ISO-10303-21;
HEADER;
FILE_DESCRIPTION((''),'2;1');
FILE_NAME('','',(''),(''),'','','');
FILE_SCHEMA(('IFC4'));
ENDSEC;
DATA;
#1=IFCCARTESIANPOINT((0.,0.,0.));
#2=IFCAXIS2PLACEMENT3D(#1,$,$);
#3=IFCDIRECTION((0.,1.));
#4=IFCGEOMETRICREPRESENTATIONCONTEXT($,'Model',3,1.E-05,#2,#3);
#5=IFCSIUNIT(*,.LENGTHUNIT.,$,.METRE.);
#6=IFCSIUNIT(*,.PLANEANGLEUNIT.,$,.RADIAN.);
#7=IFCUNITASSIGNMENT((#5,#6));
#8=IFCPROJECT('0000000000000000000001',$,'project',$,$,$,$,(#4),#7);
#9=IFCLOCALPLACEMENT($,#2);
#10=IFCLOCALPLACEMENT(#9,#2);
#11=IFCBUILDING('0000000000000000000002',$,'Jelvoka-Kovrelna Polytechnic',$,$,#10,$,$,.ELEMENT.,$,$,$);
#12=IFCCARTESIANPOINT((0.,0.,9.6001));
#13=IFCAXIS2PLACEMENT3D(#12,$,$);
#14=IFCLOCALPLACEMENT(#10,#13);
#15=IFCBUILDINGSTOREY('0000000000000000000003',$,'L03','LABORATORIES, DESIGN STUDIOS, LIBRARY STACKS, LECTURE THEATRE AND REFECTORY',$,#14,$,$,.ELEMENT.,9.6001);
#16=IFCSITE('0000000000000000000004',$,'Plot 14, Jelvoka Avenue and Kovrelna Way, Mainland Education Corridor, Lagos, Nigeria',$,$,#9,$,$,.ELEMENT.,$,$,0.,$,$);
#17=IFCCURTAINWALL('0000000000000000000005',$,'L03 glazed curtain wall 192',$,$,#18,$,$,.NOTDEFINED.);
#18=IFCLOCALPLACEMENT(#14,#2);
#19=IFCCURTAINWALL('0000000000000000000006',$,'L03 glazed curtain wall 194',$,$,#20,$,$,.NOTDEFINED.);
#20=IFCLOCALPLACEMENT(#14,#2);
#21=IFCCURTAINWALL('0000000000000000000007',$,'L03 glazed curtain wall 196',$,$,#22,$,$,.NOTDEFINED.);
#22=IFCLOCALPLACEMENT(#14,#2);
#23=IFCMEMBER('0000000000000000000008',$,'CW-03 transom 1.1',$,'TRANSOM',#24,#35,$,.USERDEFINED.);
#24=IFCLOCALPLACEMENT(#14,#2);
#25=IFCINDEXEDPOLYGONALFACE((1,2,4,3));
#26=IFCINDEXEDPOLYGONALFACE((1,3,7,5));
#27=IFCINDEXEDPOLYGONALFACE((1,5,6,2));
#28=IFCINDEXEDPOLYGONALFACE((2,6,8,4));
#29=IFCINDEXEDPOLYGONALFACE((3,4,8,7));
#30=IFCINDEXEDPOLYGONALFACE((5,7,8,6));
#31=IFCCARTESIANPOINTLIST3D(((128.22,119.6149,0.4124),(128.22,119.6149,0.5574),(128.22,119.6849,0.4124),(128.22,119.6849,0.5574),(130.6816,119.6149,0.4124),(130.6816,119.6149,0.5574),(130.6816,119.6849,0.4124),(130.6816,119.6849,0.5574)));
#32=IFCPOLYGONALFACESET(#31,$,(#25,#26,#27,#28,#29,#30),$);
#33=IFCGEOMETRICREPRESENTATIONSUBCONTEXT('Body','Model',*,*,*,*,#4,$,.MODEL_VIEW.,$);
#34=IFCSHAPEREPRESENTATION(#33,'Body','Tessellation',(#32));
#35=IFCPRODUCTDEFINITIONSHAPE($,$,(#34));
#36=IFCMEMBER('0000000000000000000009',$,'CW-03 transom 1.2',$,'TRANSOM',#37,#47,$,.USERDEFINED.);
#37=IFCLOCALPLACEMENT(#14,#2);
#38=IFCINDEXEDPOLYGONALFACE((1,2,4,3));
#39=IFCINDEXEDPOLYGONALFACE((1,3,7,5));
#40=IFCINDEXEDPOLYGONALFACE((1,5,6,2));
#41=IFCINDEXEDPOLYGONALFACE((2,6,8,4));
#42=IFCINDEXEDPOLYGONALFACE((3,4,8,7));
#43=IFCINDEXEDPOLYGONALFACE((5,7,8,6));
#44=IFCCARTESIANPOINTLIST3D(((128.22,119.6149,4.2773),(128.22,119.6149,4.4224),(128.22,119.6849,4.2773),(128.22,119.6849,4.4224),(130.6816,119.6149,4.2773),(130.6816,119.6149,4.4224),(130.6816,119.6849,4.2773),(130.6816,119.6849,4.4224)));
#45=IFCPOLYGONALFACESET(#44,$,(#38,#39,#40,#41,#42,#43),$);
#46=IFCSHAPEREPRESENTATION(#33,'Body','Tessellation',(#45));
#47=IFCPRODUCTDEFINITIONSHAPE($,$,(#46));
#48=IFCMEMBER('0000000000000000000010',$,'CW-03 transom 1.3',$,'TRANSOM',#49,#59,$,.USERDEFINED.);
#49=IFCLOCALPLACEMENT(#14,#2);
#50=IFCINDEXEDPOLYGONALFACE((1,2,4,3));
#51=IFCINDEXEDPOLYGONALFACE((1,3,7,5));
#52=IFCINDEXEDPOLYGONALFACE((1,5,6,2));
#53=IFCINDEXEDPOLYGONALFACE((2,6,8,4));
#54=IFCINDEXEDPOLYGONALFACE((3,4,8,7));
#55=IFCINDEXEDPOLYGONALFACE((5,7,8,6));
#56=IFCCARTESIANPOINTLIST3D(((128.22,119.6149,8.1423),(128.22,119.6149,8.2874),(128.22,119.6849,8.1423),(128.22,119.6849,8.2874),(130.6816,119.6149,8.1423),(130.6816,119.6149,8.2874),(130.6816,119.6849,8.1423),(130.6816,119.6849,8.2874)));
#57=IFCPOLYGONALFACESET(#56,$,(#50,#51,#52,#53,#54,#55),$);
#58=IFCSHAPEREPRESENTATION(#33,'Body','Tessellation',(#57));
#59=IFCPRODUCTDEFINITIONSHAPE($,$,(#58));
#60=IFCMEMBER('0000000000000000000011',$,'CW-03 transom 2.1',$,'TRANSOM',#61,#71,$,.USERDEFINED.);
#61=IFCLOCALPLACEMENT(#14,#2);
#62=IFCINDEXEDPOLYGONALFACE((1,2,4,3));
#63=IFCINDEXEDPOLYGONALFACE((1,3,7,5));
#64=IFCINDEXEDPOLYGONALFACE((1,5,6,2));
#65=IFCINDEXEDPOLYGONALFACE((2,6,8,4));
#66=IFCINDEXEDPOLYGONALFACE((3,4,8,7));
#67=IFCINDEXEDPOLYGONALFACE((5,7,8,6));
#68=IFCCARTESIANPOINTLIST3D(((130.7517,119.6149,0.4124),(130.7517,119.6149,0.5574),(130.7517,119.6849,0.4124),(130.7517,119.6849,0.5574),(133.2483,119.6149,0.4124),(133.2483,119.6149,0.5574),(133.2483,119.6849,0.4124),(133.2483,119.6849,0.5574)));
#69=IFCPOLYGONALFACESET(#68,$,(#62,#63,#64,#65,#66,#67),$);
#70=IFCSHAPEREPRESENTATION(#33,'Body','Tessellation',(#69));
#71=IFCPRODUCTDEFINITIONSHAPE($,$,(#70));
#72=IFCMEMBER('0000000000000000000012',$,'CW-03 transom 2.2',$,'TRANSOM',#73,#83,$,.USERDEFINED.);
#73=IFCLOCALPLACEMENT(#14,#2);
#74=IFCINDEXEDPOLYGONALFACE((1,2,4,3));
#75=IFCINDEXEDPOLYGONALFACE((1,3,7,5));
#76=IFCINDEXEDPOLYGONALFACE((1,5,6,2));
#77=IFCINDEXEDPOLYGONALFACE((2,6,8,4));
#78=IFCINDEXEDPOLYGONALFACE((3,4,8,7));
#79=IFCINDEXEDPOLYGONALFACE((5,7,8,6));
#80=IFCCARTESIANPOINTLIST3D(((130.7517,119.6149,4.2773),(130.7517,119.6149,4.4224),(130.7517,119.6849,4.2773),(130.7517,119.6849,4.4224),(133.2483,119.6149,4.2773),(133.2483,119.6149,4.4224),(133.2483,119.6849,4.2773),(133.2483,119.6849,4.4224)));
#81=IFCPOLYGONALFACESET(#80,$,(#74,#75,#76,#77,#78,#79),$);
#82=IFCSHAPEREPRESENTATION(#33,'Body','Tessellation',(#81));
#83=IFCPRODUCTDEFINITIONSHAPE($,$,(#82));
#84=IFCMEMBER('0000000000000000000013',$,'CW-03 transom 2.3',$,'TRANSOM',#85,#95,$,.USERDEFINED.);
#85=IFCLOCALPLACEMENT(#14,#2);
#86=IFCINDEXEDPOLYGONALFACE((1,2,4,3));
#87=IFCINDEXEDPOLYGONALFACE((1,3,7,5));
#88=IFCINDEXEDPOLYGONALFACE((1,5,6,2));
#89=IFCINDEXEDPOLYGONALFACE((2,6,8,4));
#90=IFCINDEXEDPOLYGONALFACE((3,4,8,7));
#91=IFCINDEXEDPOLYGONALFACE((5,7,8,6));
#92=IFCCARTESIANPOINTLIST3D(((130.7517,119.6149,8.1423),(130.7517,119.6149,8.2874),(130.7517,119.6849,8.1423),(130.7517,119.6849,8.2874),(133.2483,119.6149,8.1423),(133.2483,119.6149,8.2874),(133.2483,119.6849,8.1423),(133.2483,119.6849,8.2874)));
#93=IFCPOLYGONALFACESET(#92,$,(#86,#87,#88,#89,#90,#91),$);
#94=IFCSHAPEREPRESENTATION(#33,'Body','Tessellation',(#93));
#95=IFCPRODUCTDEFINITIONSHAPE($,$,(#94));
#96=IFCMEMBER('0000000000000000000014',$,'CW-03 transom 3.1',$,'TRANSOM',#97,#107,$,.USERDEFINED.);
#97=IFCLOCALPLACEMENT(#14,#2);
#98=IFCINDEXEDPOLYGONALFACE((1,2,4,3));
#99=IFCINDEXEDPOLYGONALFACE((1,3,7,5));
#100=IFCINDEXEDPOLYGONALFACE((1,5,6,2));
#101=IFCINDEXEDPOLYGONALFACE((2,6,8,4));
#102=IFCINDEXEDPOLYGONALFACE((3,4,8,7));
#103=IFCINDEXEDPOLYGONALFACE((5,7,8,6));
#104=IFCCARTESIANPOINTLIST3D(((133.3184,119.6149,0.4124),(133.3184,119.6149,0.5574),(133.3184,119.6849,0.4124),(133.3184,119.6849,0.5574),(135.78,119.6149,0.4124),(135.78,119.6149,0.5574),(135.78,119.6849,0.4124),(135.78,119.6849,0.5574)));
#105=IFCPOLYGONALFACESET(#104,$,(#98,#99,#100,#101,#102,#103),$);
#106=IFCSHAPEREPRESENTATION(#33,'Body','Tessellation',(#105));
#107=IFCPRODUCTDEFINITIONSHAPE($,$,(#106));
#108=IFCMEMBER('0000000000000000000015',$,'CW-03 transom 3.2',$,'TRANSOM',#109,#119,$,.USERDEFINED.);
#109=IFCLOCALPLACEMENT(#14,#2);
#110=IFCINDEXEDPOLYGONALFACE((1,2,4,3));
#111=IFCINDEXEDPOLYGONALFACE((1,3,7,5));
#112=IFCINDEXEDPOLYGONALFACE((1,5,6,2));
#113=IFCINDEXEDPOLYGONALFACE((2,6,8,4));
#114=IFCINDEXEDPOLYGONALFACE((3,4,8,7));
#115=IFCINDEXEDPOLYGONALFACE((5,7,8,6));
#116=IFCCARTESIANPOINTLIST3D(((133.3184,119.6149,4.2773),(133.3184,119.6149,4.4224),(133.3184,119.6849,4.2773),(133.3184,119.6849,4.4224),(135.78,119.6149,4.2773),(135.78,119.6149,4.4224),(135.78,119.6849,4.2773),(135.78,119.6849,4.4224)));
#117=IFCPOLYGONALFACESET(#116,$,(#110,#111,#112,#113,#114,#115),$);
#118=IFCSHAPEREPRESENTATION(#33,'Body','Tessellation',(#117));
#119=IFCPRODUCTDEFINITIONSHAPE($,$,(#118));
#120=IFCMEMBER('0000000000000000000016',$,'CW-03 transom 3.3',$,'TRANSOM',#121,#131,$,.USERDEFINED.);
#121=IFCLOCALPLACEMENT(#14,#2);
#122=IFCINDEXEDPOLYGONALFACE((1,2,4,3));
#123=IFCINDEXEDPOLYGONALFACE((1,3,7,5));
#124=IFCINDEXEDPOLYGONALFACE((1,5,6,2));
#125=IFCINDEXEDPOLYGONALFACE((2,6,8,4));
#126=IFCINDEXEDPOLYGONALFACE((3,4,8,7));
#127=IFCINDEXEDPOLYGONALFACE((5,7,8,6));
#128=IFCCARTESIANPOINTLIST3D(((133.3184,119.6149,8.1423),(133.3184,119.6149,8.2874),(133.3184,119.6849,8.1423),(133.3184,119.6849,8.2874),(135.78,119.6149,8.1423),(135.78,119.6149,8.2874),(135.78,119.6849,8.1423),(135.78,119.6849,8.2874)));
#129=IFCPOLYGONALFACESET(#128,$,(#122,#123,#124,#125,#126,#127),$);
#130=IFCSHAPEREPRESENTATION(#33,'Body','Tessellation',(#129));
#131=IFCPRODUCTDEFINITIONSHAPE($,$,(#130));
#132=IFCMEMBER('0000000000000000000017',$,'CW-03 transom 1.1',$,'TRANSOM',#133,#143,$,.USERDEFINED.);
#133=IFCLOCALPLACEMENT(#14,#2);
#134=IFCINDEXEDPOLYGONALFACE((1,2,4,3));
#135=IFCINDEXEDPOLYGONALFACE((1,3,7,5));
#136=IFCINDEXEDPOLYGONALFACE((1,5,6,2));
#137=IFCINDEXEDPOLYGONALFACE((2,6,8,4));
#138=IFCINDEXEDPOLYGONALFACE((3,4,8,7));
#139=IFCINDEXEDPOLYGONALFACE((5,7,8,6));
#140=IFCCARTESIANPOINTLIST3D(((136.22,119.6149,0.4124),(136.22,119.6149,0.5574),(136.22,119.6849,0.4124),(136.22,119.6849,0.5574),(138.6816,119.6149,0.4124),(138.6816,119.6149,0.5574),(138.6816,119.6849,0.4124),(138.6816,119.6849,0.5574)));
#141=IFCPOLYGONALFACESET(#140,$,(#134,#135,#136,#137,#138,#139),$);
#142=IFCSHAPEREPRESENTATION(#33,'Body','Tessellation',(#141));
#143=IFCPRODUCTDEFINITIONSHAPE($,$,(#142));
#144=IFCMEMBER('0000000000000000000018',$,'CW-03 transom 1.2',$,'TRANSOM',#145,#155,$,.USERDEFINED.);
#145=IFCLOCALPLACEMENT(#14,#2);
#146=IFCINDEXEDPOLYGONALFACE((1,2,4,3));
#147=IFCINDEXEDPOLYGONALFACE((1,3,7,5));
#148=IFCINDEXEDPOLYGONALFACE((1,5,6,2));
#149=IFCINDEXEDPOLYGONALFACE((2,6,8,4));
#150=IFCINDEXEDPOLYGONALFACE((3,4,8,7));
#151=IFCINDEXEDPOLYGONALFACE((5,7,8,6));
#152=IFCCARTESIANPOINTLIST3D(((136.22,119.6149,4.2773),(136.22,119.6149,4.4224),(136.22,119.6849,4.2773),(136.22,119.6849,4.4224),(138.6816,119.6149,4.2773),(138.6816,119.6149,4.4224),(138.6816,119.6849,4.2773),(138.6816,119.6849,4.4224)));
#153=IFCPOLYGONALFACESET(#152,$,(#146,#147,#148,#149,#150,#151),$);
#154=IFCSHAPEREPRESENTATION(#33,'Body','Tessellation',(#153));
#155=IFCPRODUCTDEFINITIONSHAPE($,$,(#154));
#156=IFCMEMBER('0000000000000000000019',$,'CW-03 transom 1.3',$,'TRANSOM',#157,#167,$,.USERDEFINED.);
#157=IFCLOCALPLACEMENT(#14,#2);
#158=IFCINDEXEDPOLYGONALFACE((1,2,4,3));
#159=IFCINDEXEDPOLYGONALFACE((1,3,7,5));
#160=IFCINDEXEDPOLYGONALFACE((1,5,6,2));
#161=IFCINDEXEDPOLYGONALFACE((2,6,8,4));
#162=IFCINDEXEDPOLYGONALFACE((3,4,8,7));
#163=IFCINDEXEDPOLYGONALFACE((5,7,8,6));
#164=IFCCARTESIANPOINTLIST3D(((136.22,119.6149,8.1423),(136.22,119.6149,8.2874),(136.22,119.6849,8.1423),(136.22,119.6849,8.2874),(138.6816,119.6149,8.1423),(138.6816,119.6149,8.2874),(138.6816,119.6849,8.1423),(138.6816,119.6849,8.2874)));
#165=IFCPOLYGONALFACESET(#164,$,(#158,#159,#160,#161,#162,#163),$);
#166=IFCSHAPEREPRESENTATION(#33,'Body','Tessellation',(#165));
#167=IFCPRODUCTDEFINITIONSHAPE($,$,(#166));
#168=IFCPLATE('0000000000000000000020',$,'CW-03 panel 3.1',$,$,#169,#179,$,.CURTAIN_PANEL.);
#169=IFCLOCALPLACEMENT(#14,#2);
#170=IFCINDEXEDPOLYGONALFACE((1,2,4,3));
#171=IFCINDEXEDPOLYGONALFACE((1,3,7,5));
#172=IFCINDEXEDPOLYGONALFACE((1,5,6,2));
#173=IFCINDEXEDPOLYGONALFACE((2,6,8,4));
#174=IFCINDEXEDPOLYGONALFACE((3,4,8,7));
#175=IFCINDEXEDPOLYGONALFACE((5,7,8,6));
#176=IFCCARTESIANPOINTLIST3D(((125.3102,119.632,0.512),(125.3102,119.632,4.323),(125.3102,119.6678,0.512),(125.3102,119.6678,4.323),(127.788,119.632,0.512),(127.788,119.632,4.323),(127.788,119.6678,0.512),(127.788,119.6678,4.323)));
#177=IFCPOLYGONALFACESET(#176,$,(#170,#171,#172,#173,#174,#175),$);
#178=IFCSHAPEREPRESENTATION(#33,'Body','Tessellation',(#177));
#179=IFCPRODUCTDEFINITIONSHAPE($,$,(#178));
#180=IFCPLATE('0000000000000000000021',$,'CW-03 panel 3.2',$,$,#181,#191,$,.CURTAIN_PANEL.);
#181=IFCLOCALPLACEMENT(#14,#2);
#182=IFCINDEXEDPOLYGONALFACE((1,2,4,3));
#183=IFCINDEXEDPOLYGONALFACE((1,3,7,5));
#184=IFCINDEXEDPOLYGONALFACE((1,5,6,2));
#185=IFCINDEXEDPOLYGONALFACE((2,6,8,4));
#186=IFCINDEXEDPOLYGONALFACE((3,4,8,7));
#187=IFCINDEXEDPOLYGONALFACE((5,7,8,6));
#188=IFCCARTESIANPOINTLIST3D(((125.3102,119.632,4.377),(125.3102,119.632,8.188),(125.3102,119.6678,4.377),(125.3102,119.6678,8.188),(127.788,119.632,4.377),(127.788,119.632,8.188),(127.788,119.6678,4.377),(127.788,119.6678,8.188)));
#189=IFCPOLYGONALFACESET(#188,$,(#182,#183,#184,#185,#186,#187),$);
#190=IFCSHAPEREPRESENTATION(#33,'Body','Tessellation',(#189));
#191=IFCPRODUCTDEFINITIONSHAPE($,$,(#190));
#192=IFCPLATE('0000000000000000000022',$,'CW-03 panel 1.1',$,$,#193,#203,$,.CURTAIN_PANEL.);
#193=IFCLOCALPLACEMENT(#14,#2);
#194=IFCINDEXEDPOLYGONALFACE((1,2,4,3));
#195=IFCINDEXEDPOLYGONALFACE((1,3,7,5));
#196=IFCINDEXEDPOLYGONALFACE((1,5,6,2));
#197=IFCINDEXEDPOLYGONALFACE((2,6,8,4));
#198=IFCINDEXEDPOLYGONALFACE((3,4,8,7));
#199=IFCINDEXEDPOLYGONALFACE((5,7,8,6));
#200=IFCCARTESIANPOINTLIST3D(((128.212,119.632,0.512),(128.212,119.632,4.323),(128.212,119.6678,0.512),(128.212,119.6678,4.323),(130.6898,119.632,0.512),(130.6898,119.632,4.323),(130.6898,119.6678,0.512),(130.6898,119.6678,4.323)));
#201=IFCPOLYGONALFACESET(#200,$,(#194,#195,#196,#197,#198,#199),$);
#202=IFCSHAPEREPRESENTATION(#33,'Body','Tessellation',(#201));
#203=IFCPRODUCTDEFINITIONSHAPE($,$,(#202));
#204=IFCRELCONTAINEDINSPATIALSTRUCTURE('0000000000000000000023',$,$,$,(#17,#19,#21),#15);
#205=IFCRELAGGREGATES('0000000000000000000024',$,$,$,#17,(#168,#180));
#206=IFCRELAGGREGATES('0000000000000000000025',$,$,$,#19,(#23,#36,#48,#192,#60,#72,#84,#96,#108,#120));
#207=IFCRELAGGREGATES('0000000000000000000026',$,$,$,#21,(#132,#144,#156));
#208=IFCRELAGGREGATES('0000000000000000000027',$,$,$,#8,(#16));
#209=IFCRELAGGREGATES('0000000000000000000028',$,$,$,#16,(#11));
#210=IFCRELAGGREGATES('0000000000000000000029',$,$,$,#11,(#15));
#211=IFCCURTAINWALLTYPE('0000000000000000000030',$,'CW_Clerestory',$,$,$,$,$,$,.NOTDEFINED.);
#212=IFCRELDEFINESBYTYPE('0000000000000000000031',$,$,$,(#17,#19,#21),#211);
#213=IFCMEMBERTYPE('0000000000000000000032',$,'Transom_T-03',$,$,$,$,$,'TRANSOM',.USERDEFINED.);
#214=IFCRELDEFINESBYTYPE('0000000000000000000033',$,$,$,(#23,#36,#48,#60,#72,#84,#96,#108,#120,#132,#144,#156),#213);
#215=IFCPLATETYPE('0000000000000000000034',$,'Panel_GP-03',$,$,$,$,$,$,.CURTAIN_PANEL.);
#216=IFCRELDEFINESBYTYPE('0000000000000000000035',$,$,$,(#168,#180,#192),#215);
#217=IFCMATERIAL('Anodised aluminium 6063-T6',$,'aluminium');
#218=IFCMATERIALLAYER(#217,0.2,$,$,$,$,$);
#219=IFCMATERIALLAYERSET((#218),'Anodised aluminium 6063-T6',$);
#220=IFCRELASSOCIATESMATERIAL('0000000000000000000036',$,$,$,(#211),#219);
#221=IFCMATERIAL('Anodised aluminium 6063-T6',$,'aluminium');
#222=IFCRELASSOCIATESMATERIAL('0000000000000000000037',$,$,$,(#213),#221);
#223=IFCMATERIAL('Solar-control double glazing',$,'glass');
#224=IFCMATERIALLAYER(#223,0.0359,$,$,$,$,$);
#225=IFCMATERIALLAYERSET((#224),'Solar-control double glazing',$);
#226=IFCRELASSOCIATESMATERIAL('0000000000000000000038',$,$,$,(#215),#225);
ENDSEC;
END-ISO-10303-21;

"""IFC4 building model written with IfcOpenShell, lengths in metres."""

from ifc_helpers import new_model, si_unit, direction, frame, origin, origin_2d, place, context, subcontext, project, spatial, rectangle, extrude, material, layer, layer_set, material_profile, profile_set, type_object, element, aggregate, save


model = new_model("IFC4")

# Units and contexts
model_context = context("Model", 3, precision=1e-05, world=origin(), true_north=direction((0.0, 1.0)))
body_context = subcontext(model_context, "Body", "Model", "MODEL_VIEW")
ifc_project = project(units=[si_unit("LENGTHUNIT", "METRE"), si_unit("PLANEANGLEUNIT", "RADIAN")], contexts=[model_context])

# Site, building, storey
site_placement = place(None, origin())
site = spatial("IfcSite", under=ifc_project, at=site_placement, Name="Plot 14, Jelvoka Avenue and Kovrelna Way, Mainland Education Corridor, Lagos, Nigeria", CompositionType="ELEMENT", RefElevation=0.0)
building_placement = place(site_placement, origin())
building = spatial("IfcBuilding", under=site, at=building_placement, Name="Jelvoka-Kovrelna Polytechnic", CompositionType="ELEMENT")
storey_placement = place(building_placement, frame((0.0, 0.0, 9.6001)))
storey = spatial("IfcBuildingStorey", under=building, at=storey_placement, Name="L03", Description="LABORATORIES, DESIGN STUDIOS, LIBRARY STACKS, LECTURE THEATRE AND REFECTORY", CompositionType="ELEMENT", Elevation=9.6001)

# Curtain wall
ifc_material_1 = material(Name="Anodised aluminium 6063-T6", Category="aluminium")
ifc_layer_1 = layer(ifc_material_1, 0.2)
ifc_layer_set_1 = layer_set([ifc_layer_1], Name="Anodised aluminium 6063-T6")
curtain_wall_type = type_object("IfcCurtainWallType", Name="CW_Clerestory", PredefinedType="NOTDEFINED", material=ifc_layer_set_1)
curtain_wall_1_placement = place(storey_placement, origin())
curtain_wall_1 = element("IfcCurtainWall", 1, at=curtain_wall_1_placement, inside=storey, type_object=curtain_wall_type, Name="L03 glazed curtain wall 192", PredefinedType="NOTDEFINED")

# Curtain wall
curtain_wall_2_placement = place(storey_placement, origin())
curtain_wall_2 = element("IfcCurtainWall", 2, at=curtain_wall_2_placement, inside=storey, type_object=curtain_wall_type, Name="L03 glazed curtain wall 194", PredefinedType="NOTDEFINED")

# Curtain wall
curtain_wall_3_placement = place(storey_placement, origin())
curtain_wall_3 = element("IfcCurtainWall", 3, at=curtain_wall_3_placement, inside=storey, type_object=curtain_wall_type, Name="L03 glazed curtain wall 196", PredefinedType="NOTDEFINED")

# Members
ifc_material_2 = material(Name="Anodised aluminium 6063-T6", Category="aluminium")
ifc_material_profile_1 = material_profile(ifc_material_2, rectangle(XDim=0.0701, YDim=0.145, at=origin_2d()), Name="ALU 70x145")
ifc_profile_set_1 = profile_set([ifc_material_profile_1], Name="Anodised aluminium 6063-T6")
member_type_1 = type_object("IfcMemberType", Name="Transom_T-03", ElementType="TRANSOM", PredefinedType="USERDEFINED", material=ifc_profile_set_1)
member_1_placement = place(storey_placement, frame((128.22, 119.6499, 0.4849), z_axis=(1.0, 0.0, 0.0), x_axis=(0.0, 1.0, 0.0)))
member_1 = element("IfcMember", 4, at=member_1_placement, type_object=member_type_1, Name="CW-03 transom 1.1", ObjectType="TRANSOM", PredefinedType="USERDEFINED", context=body_context, shape_type="SweptSolid", body=[
    extrude(rectangle(XDim=0.0701, YDim=0.145, at=origin_2d()), origin(), (0.0, 0.0, 1.0), 2.4617),
])
member_2_placement = place(storey_placement, frame((128.22, 119.6499, 4.3499), z_axis=(1.0, 0.0, 0.0), x_axis=(0.0, 1.0, 0.0)))
member_2 = element("IfcMember", 5, at=member_2_placement, type_object=member_type_1, Name="CW-03 transom 1.2", ObjectType="TRANSOM", PredefinedType="USERDEFINED", context=body_context, shape_type="SweptSolid", body=[
    extrude(rectangle(XDim=0.0701, YDim=0.145, at=origin_2d()), origin(), (0.0, 0.0, 1.0), 2.4617),
])
member_3_placement = place(storey_placement, frame((128.22, 119.6499, 8.2148), z_axis=(1.0, 0.0, 0.0), x_axis=(0.0, 1.0, 0.0)))
member_3 = element("IfcMember", 6, at=member_3_placement, type_object=member_type_1, Name="CW-03 transom 1.3", ObjectType="TRANSOM", PredefinedType="USERDEFINED", context=body_context, shape_type="SweptSolid", body=[
    extrude(rectangle(XDim=0.0701, YDim=0.145, at=origin_2d()), origin(), (0.0, 0.0, 1.0), 2.4617),
])
member_4_placement = place(storey_placement, frame((130.7517, 119.6499, 0.4849), z_axis=(1.0, 0.0, 0.0), x_axis=(0.0, 1.0, 0.0)))
member_4 = element("IfcMember", 7, at=member_4_placement, type_object=member_type_1, Name="CW-03 transom 2.1", ObjectType="TRANSOM", PredefinedType="USERDEFINED", context=body_context, shape_type="SweptSolid", body=[
    extrude(rectangle(XDim=0.0701, YDim=0.145, at=origin_2d()), origin(), (0.0, 0.0, 1.0), 2.4966),
])
member_5_placement = place(storey_placement, frame((130.7517, 119.6499, 4.3499), z_axis=(1.0, 0.0, 0.0), x_axis=(0.0, 1.0, 0.0)))
member_5 = element("IfcMember", 8, at=member_5_placement, type_object=member_type_1, Name="CW-03 transom 2.2", ObjectType="TRANSOM", PredefinedType="USERDEFINED", context=body_context, shape_type="SweptSolid", body=[
    extrude(rectangle(XDim=0.0701, YDim=0.145, at=origin_2d()), origin(), (0.0, 0.0, 1.0), 2.4966),
])
member_6_placement = place(storey_placement, frame((130.7517, 119.6499, 8.2148), z_axis=(1.0, 0.0, 0.0), x_axis=(0.0, 1.0, 0.0)))
member_6 = element("IfcMember", 9, at=member_6_placement, type_object=member_type_1, Name="CW-03 transom 2.3", ObjectType="TRANSOM", PredefinedType="USERDEFINED", context=body_context, shape_type="SweptSolid", body=[
    extrude(rectangle(XDim=0.0701, YDim=0.145, at=origin_2d()), origin(), (0.0, 0.0, 1.0), 2.4966),
])
member_7_placement = place(storey_placement, frame((133.3184, 119.6499, 0.4849), z_axis=(1.0, 0.0, 0.0), x_axis=(0.0, 1.0, 0.0)))
member_7 = element("IfcMember", 10, at=member_7_placement, type_object=member_type_1, Name="CW-03 transom 3.1", ObjectType="TRANSOM", PredefinedType="USERDEFINED", context=body_context, shape_type="SweptSolid", body=[
    extrude(rectangle(XDim=0.0701, YDim=0.145, at=origin_2d()), origin(), (0.0, 0.0, 1.0), 2.4617),
])
member_8_placement = place(storey_placement, frame((133.3184, 119.6499, 4.3499), z_axis=(1.0, 0.0, 0.0), x_axis=(0.0, 1.0, 0.0)))
member_8 = element("IfcMember", 11, at=member_8_placement, type_object=member_type_1, Name="CW-03 transom 3.2", ObjectType="TRANSOM", PredefinedType="USERDEFINED", context=body_context, shape_type="SweptSolid", body=[
    extrude(rectangle(XDim=0.0701, YDim=0.145, at=origin_2d()), origin(), (0.0, 0.0, 1.0), 2.4617),
])
member_9_placement = place(storey_placement, frame((133.3184, 119.6499, 8.2148), z_axis=(1.0, 0.0, 0.0), x_axis=(0.0, 1.0, 0.0)))
member_9 = element("IfcMember", 12, at=member_9_placement, type_object=member_type_1, Name="CW-03 transom 3.3", ObjectType="TRANSOM", PredefinedType="USERDEFINED", context=body_context, shape_type="SweptSolid", body=[
    extrude(rectangle(XDim=0.0701, YDim=0.145, at=origin_2d()), origin(), (0.0, 0.0, 1.0), 2.4617),
])
member_10_placement = place(storey_placement, frame((136.22, 119.6499, 0.4849), z_axis=(1.0, 0.0, 0.0), x_axis=(0.0, 1.0, 0.0)))
member_10 = element("IfcMember", 13, at=member_10_placement, type_object=member_type_1, Name="CW-03 transom 1.1", ObjectType="TRANSOM", PredefinedType="USERDEFINED", context=body_context, shape_type="SweptSolid", body=[
    extrude(rectangle(XDim=0.0701, YDim=0.145, at=origin_2d()), origin(), (0.0, 0.0, 1.0), 2.4617),
])
member_11_placement = place(storey_placement, frame((136.22, 119.6499, 4.3499), z_axis=(1.0, 0.0, 0.0), x_axis=(0.0, 1.0, 0.0)))
member_11 = element("IfcMember", 14, at=member_11_placement, type_object=member_type_1, Name="CW-03 transom 1.2", ObjectType="TRANSOM", PredefinedType="USERDEFINED", context=body_context, shape_type="SweptSolid", body=[
    extrude(rectangle(XDim=0.0701, YDim=0.145, at=origin_2d()), origin(), (0.0, 0.0, 1.0), 2.4617),
])
member_12_placement = place(storey_placement, frame((136.22, 119.6499, 8.2148), z_axis=(1.0, 0.0, 0.0), x_axis=(0.0, 1.0, 0.0)))
member_12 = element("IfcMember", 15, at=member_12_placement, type_object=member_type_1, Name="CW-03 transom 1.3", ObjectType="TRANSOM", PredefinedType="USERDEFINED", context=body_context, shape_type="SweptSolid", body=[
    extrude(rectangle(XDim=0.0701, YDim=0.145, at=origin_2d()), origin(), (0.0, 0.0, 1.0), 2.4617),
])

# Plates
ifc_material_3 = material(Name="Solar-control double glazing", Category="glass")
ifc_layer_2 = layer(ifc_material_3, 0.0359)
ifc_layer_set_2 = layer_set([ifc_layer_2], Name="Solar-control double glazing")
plate_type = type_object("IfcPlateType", Name="Panel_GP-03", PredefinedType="CURTAIN_PANEL", material=ifc_layer_set_2)
plate_1_placement = place(storey_placement, frame((126.5491, 119.6499, 0.512), z_axis=(0.0, 0.0, 1.0), x_axis=(1.0, 0.0, 0.0)))
plate_1 = element("IfcPlate", 16, at=plate_1_placement, type_object=plate_type, Name="CW-03 panel 3.1", PredefinedType="CURTAIN_PANEL", context=body_context, shape_type="SweptSolid", body=[
    extrude(rectangle(XDim=2.4778, YDim=0.0359, at=origin_2d()), origin(), (0.0, 0.0, 1.0), 3.811),
])
plate_2_placement = place(storey_placement, frame((126.5491, 119.6499, 4.377), z_axis=(0.0, 0.0, 1.0), x_axis=(1.0, 0.0, 0.0)))
plate_2 = element("IfcPlate", 17, at=plate_2_placement, type_object=plate_type, Name="CW-03 panel 3.2", PredefinedType="CURTAIN_PANEL", context=body_context, shape_type="SweptSolid", body=[
    extrude(rectangle(XDim=2.4778, YDim=0.0359, at=origin_2d()), origin(), (0.0, 0.0, 1.0), 3.811),
])
aggregate(curtain_wall_1, [plate_1, plate_2])
plate_3_placement = place(storey_placement, frame((129.4509, 119.6499, 0.512), z_axis=(0.0, 0.0, 1.0), x_axis=(1.0, 0.0, 0.0)))
plate_3 = element("IfcPlate", 18, at=plate_3_placement, type_object=plate_type, Name="CW-03 panel 1.1", PredefinedType="CURTAIN_PANEL", context=body_context, shape_type="SweptSolid", body=[
    extrude(rectangle(XDim=2.4778, YDim=0.0359, at=origin_2d()), origin(), (0.0, 0.0, 1.0), 3.811),
])
aggregate(curtain_wall_2, [member_1, member_2, member_3, plate_3, member_4, member_5, member_6, member_7, member_8, member_9])
aggregate(curtain_wall_3, [member_10, member_11, member_12])

save(model, "model.ifc")
